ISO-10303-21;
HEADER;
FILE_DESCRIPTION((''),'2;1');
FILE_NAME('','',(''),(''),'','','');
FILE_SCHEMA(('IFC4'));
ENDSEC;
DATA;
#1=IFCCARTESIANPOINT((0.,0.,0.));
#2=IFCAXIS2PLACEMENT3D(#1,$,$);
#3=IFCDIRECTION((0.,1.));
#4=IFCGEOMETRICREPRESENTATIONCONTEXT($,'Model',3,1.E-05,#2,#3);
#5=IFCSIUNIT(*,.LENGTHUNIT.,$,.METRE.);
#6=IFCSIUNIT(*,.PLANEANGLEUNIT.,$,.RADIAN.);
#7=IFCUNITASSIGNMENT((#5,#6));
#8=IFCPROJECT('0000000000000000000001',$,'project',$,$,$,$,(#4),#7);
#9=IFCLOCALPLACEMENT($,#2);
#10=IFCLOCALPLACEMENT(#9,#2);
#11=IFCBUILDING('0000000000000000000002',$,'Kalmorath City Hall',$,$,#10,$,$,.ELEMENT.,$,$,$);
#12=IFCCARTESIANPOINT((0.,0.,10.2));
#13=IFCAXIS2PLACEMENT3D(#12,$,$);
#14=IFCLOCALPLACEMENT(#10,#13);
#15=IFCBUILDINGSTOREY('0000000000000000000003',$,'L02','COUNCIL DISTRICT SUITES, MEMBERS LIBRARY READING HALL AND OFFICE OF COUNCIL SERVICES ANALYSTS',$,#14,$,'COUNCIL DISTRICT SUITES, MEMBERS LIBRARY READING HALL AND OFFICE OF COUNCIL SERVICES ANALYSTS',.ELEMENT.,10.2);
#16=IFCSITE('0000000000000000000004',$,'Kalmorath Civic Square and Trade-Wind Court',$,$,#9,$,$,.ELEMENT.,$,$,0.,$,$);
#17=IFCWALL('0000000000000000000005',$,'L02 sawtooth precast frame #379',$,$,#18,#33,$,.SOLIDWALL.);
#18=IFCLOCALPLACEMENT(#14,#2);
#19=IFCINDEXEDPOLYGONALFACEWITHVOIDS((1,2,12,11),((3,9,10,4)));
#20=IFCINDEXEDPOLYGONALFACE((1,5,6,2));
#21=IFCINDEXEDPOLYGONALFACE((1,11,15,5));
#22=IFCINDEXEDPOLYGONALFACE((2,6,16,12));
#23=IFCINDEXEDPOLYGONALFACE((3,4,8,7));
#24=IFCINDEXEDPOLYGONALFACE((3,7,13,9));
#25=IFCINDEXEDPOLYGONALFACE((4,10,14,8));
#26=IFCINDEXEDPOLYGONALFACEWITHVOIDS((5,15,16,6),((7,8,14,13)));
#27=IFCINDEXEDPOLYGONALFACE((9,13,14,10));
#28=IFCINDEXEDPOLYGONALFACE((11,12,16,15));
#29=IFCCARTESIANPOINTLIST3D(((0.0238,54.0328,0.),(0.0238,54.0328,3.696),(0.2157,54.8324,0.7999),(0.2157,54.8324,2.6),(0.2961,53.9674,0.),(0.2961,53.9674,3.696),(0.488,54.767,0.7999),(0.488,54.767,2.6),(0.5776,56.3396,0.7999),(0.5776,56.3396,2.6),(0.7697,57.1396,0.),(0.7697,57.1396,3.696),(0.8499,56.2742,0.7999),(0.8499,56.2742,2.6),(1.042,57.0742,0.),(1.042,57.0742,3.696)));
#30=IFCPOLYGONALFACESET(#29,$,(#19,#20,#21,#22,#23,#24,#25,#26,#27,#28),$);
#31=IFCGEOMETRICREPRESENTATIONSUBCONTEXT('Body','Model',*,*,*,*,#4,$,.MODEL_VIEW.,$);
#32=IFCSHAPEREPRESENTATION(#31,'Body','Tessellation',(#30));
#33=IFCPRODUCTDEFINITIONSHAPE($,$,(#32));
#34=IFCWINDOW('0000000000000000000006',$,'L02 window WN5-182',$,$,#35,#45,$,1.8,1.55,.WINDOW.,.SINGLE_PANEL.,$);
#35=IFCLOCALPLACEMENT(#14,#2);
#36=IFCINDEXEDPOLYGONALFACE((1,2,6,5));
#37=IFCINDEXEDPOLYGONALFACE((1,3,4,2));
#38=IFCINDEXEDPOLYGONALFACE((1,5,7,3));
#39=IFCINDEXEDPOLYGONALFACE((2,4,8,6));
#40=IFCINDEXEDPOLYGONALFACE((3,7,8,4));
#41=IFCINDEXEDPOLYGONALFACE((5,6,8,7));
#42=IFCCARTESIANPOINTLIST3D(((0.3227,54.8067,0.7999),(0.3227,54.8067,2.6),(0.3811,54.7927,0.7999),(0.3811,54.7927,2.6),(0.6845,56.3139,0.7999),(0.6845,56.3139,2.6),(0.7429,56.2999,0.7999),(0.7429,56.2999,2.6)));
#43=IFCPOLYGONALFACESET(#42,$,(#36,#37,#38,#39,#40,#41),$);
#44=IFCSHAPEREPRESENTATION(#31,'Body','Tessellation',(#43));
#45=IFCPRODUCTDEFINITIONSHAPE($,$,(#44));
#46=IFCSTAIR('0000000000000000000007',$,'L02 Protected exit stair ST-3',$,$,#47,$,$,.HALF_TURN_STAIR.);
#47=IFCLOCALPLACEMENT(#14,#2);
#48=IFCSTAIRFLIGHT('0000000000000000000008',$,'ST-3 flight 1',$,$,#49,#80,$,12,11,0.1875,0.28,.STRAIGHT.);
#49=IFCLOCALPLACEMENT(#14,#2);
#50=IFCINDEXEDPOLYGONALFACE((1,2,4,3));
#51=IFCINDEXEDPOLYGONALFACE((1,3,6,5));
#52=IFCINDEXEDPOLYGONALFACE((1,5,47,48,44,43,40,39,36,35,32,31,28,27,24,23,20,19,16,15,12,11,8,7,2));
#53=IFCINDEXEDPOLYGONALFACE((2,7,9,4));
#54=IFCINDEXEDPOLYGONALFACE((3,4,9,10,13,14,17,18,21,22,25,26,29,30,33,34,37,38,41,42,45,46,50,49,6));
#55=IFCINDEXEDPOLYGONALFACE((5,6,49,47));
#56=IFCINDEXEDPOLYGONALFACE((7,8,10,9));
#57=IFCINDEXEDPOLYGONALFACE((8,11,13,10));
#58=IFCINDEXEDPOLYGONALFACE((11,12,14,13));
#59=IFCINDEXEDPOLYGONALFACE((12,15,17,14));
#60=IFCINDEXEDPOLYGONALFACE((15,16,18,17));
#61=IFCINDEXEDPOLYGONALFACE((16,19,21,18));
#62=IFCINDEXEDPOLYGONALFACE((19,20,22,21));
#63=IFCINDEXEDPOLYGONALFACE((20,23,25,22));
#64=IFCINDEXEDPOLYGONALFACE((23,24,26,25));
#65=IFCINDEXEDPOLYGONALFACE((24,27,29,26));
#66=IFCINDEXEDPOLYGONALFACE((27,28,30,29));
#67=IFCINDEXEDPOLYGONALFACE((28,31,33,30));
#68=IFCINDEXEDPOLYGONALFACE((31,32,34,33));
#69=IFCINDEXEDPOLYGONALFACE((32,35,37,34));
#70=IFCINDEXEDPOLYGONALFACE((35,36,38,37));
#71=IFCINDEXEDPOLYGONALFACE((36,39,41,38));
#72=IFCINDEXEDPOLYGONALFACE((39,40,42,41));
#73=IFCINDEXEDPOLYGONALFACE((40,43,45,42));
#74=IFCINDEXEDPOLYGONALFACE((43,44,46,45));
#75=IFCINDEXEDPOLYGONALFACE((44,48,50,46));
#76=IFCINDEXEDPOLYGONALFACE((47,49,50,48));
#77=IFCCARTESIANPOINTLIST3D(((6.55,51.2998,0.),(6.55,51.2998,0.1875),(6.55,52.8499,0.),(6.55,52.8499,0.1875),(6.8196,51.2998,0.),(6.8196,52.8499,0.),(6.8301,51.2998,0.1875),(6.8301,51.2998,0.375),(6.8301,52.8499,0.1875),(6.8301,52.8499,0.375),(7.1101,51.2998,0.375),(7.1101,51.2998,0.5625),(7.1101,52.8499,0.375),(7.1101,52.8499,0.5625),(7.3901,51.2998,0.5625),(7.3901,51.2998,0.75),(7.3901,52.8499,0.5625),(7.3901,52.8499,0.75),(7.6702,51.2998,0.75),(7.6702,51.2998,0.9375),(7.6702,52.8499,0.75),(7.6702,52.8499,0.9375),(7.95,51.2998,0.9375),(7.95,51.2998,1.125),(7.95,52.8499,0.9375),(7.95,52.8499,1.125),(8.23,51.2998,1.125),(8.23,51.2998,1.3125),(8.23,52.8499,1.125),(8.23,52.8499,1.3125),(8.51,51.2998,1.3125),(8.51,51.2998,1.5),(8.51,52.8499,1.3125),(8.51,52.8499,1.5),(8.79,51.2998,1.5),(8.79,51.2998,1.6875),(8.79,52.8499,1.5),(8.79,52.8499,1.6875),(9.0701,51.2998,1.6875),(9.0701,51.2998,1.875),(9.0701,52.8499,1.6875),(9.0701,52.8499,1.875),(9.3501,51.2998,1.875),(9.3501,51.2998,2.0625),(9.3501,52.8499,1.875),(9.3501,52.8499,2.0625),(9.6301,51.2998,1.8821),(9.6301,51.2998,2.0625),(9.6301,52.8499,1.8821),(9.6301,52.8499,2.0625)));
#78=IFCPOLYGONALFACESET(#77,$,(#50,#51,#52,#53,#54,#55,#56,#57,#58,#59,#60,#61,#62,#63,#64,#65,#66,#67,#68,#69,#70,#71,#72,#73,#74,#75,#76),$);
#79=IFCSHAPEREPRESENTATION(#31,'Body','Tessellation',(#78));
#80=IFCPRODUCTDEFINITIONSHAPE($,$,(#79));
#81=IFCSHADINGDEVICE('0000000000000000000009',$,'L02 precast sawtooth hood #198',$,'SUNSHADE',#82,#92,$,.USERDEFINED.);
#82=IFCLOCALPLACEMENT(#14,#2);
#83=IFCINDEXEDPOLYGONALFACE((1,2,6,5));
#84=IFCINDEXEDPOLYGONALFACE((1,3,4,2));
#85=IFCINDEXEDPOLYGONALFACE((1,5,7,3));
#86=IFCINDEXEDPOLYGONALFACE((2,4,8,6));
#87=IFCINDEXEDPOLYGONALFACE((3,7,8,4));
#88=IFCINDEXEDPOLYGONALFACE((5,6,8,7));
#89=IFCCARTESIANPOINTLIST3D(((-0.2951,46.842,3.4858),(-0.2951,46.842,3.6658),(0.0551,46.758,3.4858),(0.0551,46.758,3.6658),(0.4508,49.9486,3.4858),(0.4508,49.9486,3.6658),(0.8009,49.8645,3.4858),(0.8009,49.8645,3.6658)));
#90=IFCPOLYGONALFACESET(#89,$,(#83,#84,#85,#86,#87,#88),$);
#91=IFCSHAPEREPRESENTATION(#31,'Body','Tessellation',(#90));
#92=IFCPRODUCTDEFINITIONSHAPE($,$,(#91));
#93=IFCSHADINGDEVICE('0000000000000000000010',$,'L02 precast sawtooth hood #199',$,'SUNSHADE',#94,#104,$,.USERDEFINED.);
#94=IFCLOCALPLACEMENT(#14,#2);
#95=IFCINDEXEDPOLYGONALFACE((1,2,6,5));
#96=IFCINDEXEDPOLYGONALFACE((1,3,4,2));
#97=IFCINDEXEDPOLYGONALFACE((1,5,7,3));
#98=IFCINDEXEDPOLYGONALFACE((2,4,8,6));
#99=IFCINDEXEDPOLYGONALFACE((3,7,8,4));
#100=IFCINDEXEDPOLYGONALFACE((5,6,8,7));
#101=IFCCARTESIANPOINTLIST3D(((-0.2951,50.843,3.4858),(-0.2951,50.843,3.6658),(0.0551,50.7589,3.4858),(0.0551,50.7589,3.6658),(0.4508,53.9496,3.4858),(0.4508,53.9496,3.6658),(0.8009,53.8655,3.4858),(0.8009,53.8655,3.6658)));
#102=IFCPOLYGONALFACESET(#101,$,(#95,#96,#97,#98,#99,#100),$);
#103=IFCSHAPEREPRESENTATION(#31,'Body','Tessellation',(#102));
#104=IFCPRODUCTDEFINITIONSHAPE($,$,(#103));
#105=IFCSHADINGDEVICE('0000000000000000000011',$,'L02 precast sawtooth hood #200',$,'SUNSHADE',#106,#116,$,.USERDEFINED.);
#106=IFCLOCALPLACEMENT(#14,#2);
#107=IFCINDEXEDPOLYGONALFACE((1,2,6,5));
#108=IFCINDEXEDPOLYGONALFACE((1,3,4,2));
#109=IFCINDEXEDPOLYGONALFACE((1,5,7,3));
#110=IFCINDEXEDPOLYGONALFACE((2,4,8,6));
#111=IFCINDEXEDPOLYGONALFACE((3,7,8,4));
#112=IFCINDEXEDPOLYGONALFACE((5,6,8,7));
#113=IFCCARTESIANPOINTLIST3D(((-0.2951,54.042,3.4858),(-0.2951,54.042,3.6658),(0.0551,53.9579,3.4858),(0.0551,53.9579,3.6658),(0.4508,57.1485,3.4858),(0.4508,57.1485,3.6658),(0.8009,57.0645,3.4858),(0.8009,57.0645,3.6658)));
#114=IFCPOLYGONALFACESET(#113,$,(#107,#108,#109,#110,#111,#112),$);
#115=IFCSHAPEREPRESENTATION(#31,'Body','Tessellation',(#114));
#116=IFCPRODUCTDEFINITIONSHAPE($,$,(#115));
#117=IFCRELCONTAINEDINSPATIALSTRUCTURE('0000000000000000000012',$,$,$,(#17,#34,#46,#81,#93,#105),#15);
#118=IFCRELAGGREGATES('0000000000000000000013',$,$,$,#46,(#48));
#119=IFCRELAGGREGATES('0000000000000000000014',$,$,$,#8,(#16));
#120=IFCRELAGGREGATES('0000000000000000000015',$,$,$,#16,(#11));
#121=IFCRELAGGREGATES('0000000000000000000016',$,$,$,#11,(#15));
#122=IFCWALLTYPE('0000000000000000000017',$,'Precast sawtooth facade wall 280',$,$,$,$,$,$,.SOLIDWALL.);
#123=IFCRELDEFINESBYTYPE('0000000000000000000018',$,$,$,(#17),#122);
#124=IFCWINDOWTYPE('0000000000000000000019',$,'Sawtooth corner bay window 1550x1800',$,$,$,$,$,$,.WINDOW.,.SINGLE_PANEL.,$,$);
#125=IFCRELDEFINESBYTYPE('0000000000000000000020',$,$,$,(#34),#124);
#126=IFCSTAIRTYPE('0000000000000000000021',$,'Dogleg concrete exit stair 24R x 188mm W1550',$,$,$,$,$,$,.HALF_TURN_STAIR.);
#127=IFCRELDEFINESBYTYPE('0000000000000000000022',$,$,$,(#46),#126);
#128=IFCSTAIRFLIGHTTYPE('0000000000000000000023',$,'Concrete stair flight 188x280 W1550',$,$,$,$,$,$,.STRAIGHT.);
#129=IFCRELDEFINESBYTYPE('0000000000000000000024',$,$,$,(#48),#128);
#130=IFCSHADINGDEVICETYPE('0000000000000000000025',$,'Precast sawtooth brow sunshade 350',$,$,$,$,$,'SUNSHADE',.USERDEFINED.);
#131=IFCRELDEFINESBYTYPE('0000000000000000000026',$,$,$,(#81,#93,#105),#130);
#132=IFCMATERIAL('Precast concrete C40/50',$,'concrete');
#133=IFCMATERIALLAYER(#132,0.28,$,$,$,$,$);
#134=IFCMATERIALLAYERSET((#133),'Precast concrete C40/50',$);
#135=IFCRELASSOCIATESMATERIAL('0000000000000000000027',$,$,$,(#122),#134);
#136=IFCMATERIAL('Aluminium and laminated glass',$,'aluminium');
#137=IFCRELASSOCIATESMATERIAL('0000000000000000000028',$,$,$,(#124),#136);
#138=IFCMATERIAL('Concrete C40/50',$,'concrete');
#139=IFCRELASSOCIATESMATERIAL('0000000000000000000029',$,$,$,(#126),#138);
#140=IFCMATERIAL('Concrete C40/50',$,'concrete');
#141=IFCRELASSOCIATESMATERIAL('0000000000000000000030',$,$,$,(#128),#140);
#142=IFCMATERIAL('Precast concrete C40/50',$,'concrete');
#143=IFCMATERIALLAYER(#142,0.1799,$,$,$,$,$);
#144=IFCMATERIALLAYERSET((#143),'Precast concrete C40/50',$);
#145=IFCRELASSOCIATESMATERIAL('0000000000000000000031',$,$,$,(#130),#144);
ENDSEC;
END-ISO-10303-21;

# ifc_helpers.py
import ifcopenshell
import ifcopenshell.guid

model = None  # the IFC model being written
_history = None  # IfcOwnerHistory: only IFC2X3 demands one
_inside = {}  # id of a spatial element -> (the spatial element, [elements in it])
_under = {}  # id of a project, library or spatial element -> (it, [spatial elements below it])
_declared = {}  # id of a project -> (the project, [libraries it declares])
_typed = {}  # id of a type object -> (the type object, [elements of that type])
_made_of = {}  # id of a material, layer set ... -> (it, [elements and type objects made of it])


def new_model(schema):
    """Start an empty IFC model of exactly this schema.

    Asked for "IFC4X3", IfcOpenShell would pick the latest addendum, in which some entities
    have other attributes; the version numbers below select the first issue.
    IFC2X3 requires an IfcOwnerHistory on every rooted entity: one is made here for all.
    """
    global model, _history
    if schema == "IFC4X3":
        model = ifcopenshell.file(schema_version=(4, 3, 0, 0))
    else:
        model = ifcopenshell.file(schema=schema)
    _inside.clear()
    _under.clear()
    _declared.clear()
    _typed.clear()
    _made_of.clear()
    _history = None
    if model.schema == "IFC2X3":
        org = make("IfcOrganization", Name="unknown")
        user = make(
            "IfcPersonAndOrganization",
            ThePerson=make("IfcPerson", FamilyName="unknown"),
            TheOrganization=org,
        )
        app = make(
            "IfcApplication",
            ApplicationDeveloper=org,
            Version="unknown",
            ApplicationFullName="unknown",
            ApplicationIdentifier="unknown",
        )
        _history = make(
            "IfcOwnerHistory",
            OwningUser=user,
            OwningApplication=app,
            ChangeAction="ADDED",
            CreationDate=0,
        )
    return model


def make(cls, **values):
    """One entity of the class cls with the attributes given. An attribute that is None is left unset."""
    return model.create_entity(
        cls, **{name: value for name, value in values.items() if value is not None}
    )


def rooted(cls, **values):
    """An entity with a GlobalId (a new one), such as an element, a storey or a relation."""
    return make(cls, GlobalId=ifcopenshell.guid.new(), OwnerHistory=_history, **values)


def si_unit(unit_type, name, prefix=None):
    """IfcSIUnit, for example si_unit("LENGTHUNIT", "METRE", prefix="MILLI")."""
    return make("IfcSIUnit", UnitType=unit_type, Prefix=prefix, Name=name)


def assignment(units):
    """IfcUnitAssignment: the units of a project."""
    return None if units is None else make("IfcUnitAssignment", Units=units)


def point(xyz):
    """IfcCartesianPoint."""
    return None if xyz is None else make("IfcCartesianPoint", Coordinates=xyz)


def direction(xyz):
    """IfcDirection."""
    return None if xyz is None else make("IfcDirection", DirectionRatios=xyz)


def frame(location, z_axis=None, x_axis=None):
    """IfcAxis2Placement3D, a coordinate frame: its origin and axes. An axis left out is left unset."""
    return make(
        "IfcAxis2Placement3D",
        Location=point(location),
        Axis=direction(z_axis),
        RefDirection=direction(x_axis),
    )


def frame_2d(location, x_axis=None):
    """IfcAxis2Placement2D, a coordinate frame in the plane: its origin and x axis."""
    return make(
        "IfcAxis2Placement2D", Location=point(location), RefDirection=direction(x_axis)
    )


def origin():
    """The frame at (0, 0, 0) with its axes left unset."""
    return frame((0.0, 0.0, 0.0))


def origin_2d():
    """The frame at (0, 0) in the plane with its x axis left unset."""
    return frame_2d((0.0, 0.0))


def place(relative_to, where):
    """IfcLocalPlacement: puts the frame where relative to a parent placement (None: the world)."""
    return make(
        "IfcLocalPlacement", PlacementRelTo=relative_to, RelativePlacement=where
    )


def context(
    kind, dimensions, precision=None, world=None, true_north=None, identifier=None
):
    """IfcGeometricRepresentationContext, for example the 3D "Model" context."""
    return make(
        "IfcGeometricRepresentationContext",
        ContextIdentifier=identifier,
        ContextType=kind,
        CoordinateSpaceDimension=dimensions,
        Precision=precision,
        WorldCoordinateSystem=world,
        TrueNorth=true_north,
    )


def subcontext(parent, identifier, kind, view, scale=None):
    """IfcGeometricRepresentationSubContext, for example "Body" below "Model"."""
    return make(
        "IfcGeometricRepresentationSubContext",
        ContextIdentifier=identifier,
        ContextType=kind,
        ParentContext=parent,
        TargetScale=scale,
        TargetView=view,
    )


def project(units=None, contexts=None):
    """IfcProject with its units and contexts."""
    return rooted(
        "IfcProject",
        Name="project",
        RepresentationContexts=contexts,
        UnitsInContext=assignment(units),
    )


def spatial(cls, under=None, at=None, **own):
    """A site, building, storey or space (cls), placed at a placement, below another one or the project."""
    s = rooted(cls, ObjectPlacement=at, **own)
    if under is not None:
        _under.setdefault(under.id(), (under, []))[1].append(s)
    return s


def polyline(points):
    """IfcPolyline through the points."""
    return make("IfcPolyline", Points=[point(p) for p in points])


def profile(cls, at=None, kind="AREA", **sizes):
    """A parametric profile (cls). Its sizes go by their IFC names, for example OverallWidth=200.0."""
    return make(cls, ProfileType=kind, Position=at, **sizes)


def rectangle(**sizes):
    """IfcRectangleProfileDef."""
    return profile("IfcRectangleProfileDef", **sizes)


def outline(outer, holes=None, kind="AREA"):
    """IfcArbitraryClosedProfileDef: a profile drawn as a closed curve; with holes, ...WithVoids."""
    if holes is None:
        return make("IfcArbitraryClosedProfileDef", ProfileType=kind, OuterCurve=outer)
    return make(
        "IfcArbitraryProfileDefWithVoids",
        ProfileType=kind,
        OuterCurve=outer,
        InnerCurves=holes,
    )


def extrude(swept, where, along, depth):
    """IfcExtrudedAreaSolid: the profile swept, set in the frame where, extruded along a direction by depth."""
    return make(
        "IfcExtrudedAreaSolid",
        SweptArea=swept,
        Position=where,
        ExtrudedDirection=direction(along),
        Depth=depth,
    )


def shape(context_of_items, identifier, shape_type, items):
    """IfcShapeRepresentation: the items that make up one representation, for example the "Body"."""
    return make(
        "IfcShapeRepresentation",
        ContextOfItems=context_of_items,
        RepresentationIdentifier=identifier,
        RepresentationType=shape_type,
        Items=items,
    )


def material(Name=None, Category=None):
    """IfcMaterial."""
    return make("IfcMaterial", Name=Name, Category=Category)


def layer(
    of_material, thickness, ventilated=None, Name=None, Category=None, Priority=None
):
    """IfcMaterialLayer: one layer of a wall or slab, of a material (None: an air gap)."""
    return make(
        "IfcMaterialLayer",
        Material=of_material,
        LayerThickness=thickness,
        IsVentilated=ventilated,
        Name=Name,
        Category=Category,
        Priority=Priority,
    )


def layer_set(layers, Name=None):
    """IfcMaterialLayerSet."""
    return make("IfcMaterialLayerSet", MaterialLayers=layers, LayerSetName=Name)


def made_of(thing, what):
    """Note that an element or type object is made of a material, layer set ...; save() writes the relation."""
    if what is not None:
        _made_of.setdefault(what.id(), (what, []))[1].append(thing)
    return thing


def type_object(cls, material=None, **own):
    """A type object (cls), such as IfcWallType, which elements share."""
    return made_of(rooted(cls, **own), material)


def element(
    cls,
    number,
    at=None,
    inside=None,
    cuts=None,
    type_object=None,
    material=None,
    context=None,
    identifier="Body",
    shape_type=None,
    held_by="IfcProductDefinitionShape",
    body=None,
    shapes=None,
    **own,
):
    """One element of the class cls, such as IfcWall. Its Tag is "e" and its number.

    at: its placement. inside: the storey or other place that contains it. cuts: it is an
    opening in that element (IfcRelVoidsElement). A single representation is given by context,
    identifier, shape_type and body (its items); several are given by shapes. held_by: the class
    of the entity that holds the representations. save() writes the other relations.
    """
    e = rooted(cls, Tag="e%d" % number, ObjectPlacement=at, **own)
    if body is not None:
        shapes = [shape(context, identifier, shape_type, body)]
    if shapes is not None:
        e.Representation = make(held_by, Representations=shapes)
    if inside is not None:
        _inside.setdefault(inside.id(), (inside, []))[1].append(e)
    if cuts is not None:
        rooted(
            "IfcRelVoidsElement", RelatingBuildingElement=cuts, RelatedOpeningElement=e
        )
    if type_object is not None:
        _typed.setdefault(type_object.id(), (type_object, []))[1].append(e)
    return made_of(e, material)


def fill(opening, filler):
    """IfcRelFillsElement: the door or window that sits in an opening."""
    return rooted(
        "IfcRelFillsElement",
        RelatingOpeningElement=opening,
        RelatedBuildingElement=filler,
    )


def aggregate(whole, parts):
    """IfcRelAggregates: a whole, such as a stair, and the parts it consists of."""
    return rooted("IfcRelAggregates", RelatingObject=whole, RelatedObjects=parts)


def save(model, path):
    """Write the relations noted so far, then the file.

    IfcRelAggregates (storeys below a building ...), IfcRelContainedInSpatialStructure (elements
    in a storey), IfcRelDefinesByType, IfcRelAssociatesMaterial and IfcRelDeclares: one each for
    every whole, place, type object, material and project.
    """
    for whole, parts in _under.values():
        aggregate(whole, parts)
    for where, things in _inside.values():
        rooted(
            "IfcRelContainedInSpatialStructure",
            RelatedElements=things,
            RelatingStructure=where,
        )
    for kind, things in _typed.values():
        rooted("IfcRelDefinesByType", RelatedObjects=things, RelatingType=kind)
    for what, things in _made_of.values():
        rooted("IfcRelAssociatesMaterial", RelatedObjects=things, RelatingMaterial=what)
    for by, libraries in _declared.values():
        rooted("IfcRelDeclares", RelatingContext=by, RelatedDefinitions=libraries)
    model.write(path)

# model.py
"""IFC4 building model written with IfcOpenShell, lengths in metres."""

from ifc_helpers import new_model, si_unit, direction, frame, frame_2d, origin, origin_2d, place, context, subcontext, project, spatial, polyline, rectangle, outline, extrude, material, layer, layer_set, type_object, element, fill, aggregate, save


model = new_model("IFC4")

# Units and contexts
model_context = context("Model", 3, precision=1e-05, world=origin(), true_north=direction((0.0, 1.0)))
body_context = subcontext(model_context, "Body", "Model", "MODEL_VIEW")
ifc_project = project(units=[si_unit("LENGTHUNIT", "METRE"), si_unit("PLANEANGLEUNIT", "RADIAN")], contexts=[model_context])

# Site, building, storey
site_placement = place(None, origin())
site = spatial("IfcSite", under=ifc_project, at=site_placement, Name="Kalmorath Civic Square and Trade-Wind Court", CompositionType="ELEMENT", RefElevation=0.0)
building_placement = place(site_placement, origin())
building = spatial("IfcBuilding", under=site, at=building_placement, Name="Kalmorath City Hall", CompositionType="ELEMENT")
storey_placement = place(building_placement, frame((0.0, 0.0, 10.2)))
storey = spatial("IfcBuildingStorey", under=building, at=storey_placement, Name="L02", Description="COUNCIL DISTRICT SUITES, MEMBERS LIBRARY READING HALL AND OFFICE OF COUNCIL SERVICES ANALYSTS", LongName="COUNCIL DISTRICT SUITES, MEMBERS LIBRARY READING HALL AND OFFICE OF COUNCIL SERVICES ANALYSTS", CompositionType="ELEMENT", Elevation=10.2)

# Wall, opening, window
ifc_material_1 = material(Name="Precast concrete C40/50", Category="concrete")
ifc_layer_1 = layer(ifc_material_1, 0.28)
ifc_layer_set_1 = layer_set([ifc_layer_1], Name="Precast concrete C40/50")
wall_type_1 = type_object("IfcWallType", Name="Precast sawtooth facade wall 280", PredefinedType="SOLIDWALL", material=ifc_layer_set_1)
ifc_material_2 = material(Name="Aluminium and laminated glass", Category="aluminium")
window_type = type_object("IfcWindowType", Name="Sawtooth corner bay window 1550x1800", PartitioningType="SINGLE_PANEL", PredefinedType="WINDOW", material=ifc_material_2)
wall_1_placement = place(storey_placement, frame((0.1599, 54.0, 0.0), z_axis=(0.0, 0.0, 1.0), x_axis=(0.233445, 0.97237, 0.0)))
wall_1 = element("IfcWall", 1, at=wall_1_placement, inside=storey, type_object=wall_type_1, Name="L02 sawtooth precast frame #379", PredefinedType="SOLIDWALL", context=body_context, shape_type="SweptSolid", body=[
    extrude(rectangle(XDim=3.1951, YDim=0.28, at=frame_2d((1.5977, 0.0))), origin(), (0.0, 0.0, 1.0), 3.696),
])
opening_1_placement = place(wall_1_placement, frame((0.8225, 0.0, 0.8)))
opening_1 = element("IfcOpeningElement", 2, at=opening_1_placement, cuts=wall_1, PredefinedType="OPENING", context=body_context, shape_type="SweptSolid", body=[
    extrude(rectangle(XDim=1.55, YDim=1.8, at=frame_2d((0.7749, 0.8999))), frame((0.0, 0.1499, 0.0), z_axis=(0.0, -1.0, 0.0), x_axis=(1.0, 0.0, 0.0)), (0.0, 0.0, 1.0), 0.3),
])
window_1_placement = place(opening_1_placement, origin())
window_1 = element("IfcWindow", 3, at=window_1_placement, inside=storey, type_object=window_type, Name="L02 window WN5-182", OverallHeight=1.8, OverallWidth=1.55, PartitioningType="SINGLE_PANEL", PredefinedType="WINDOW", context=body_context, shape_type="SweptSolid", body=[
    extrude(rectangle(XDim=1.55, YDim=1.8, at=frame_2d((0.7749, 0.8999))), frame((0.0, 0.03, 0.0), z_axis=(0.0, -1.0, 0.0), x_axis=(1.0, 0.0, 0.0)), (0.0, 0.0, 1.0), 0.0601),
])
fill(opening_1, window_1)

# Stair, stair flight
ifc_material_3 = material(Name="Concrete C40/50", Category="concrete")
stair_type = type_object("IfcStairType", Name="Dogleg concrete exit stair 24R x 188mm W1550", PredefinedType="HALF_TURN_STAIR", material=ifc_material_3)
stair_placement = place(storey_placement, origin())
stair = element("IfcStair", 4, at=stair_placement, inside=storey, type_object=stair_type, Name="L02 Protected exit stair ST-3", PredefinedType="HALF_TURN_STAIR")
ifc_material_4 = material(Name="Concrete C40/50", Category="concrete")
stair_flight_type = type_object("IfcStairFlightType", Name="Concrete stair flight 188x280 W1550", PredefinedType="STRAIGHT", material=ifc_material_4)
stair_flight_placement = place(storey_placement, frame((6.55, 52.075, 0.0), z_axis=(0.0, 0.0, 1.0), x_axis=(1.0, 0.0, 0.0)))
stair_flight = element("IfcStairFlight", 5, at=stair_flight_placement, type_object=stair_flight_type, Name="ST-3 flight 1", NumberOfRisers=12, NumberOfTreads=11, PredefinedType="STRAIGHT", RiserHeight=0.1875, TreadLength=0.28, context=body_context, shape_type="SweptSolid", body=[
    extrude(outline(polyline([(0.0, 0.0), (0.0, 0.1875), (0.28, 0.1875), (0.28, 0.375), (0.5601, 0.375), (0.5601, 0.5625), (0.8401, 0.5625), (0.8401, 0.75), (1.1201, 0.75), (1.1201, 0.9375), (1.3999, 0.9375), (1.3999, 1.125), (1.6799, 1.125), (1.6799, 1.3125), (1.96, 1.3125), (1.96, 1.5), (2.24, 1.5), (2.24, 1.6875), (2.52, 1.6875), (2.52, 1.875), (2.8, 1.875), (2.8, 2.0625), (3.0801, 2.0625), (3.0801, 2.25), (3.0801, 1.8821), (0.2695, 0.0), (0.0, 0.0)])), frame((0.0, 0.7749, 0.0), z_axis=(0.0, -1.0, 0.0), x_axis=(1.0, 0.0, 0.0)), (0.0, 0.0, 1.0), 1.55),
])
aggregate(stair, [stair_flight])

# Shading devices
ifc_material_5 = material(Name="Precast concrete C40/50", Category="concrete")
ifc_layer_2 = layer(ifc_material_5, 0.1799)
ifc_layer_set_2 = layer_set([ifc_layer_2], Name="Precast concrete C40/50")
shading_device_type = type_object("IfcShadingDeviceType", Name="Precast sawtooth brow sunshade 350", ElementType="SUNSHADE", PredefinedType="USERDEFINED", material=ifc_layer_set_2)
for number, where, z_axis, x_axis, name in (
    (6, (0.2529, 48.3533, 3.4858), (0.0, 0.0, 1.0), (0.233445, 0.97237, 0.0), "L02 precast sawtooth hood #198"),
    (7, (0.2529, 52.3542, 3.4858), (0.0, 0.0, 1.0), (0.233445, 0.97237, 0.0), "L02 precast sawtooth hood #199"),
    (8, (0.2529, 55.5532, 3.4858), (0.0, 0.0, 1.0), (0.233445, 0.97237, 0.0), "L02 precast sawtooth hood #200"),
):
    element("IfcShadingDevice", number, at=place(storey_placement, frame(where, z_axis=z_axis, x_axis=x_axis)), inside=storey, type_object=shading_device_type, Name=name, ObjectType="SUNSHADE", PredefinedType="USERDEFINED", context=body_context, shape_type="SweptSolid", body=[
        extrude(rectangle(XDim=3.1948, YDim=0.3601, at=origin_2d()), origin(), (0.0, 0.0, 1.0), 0.1799),
    ])

save(model, "model.ifc")
